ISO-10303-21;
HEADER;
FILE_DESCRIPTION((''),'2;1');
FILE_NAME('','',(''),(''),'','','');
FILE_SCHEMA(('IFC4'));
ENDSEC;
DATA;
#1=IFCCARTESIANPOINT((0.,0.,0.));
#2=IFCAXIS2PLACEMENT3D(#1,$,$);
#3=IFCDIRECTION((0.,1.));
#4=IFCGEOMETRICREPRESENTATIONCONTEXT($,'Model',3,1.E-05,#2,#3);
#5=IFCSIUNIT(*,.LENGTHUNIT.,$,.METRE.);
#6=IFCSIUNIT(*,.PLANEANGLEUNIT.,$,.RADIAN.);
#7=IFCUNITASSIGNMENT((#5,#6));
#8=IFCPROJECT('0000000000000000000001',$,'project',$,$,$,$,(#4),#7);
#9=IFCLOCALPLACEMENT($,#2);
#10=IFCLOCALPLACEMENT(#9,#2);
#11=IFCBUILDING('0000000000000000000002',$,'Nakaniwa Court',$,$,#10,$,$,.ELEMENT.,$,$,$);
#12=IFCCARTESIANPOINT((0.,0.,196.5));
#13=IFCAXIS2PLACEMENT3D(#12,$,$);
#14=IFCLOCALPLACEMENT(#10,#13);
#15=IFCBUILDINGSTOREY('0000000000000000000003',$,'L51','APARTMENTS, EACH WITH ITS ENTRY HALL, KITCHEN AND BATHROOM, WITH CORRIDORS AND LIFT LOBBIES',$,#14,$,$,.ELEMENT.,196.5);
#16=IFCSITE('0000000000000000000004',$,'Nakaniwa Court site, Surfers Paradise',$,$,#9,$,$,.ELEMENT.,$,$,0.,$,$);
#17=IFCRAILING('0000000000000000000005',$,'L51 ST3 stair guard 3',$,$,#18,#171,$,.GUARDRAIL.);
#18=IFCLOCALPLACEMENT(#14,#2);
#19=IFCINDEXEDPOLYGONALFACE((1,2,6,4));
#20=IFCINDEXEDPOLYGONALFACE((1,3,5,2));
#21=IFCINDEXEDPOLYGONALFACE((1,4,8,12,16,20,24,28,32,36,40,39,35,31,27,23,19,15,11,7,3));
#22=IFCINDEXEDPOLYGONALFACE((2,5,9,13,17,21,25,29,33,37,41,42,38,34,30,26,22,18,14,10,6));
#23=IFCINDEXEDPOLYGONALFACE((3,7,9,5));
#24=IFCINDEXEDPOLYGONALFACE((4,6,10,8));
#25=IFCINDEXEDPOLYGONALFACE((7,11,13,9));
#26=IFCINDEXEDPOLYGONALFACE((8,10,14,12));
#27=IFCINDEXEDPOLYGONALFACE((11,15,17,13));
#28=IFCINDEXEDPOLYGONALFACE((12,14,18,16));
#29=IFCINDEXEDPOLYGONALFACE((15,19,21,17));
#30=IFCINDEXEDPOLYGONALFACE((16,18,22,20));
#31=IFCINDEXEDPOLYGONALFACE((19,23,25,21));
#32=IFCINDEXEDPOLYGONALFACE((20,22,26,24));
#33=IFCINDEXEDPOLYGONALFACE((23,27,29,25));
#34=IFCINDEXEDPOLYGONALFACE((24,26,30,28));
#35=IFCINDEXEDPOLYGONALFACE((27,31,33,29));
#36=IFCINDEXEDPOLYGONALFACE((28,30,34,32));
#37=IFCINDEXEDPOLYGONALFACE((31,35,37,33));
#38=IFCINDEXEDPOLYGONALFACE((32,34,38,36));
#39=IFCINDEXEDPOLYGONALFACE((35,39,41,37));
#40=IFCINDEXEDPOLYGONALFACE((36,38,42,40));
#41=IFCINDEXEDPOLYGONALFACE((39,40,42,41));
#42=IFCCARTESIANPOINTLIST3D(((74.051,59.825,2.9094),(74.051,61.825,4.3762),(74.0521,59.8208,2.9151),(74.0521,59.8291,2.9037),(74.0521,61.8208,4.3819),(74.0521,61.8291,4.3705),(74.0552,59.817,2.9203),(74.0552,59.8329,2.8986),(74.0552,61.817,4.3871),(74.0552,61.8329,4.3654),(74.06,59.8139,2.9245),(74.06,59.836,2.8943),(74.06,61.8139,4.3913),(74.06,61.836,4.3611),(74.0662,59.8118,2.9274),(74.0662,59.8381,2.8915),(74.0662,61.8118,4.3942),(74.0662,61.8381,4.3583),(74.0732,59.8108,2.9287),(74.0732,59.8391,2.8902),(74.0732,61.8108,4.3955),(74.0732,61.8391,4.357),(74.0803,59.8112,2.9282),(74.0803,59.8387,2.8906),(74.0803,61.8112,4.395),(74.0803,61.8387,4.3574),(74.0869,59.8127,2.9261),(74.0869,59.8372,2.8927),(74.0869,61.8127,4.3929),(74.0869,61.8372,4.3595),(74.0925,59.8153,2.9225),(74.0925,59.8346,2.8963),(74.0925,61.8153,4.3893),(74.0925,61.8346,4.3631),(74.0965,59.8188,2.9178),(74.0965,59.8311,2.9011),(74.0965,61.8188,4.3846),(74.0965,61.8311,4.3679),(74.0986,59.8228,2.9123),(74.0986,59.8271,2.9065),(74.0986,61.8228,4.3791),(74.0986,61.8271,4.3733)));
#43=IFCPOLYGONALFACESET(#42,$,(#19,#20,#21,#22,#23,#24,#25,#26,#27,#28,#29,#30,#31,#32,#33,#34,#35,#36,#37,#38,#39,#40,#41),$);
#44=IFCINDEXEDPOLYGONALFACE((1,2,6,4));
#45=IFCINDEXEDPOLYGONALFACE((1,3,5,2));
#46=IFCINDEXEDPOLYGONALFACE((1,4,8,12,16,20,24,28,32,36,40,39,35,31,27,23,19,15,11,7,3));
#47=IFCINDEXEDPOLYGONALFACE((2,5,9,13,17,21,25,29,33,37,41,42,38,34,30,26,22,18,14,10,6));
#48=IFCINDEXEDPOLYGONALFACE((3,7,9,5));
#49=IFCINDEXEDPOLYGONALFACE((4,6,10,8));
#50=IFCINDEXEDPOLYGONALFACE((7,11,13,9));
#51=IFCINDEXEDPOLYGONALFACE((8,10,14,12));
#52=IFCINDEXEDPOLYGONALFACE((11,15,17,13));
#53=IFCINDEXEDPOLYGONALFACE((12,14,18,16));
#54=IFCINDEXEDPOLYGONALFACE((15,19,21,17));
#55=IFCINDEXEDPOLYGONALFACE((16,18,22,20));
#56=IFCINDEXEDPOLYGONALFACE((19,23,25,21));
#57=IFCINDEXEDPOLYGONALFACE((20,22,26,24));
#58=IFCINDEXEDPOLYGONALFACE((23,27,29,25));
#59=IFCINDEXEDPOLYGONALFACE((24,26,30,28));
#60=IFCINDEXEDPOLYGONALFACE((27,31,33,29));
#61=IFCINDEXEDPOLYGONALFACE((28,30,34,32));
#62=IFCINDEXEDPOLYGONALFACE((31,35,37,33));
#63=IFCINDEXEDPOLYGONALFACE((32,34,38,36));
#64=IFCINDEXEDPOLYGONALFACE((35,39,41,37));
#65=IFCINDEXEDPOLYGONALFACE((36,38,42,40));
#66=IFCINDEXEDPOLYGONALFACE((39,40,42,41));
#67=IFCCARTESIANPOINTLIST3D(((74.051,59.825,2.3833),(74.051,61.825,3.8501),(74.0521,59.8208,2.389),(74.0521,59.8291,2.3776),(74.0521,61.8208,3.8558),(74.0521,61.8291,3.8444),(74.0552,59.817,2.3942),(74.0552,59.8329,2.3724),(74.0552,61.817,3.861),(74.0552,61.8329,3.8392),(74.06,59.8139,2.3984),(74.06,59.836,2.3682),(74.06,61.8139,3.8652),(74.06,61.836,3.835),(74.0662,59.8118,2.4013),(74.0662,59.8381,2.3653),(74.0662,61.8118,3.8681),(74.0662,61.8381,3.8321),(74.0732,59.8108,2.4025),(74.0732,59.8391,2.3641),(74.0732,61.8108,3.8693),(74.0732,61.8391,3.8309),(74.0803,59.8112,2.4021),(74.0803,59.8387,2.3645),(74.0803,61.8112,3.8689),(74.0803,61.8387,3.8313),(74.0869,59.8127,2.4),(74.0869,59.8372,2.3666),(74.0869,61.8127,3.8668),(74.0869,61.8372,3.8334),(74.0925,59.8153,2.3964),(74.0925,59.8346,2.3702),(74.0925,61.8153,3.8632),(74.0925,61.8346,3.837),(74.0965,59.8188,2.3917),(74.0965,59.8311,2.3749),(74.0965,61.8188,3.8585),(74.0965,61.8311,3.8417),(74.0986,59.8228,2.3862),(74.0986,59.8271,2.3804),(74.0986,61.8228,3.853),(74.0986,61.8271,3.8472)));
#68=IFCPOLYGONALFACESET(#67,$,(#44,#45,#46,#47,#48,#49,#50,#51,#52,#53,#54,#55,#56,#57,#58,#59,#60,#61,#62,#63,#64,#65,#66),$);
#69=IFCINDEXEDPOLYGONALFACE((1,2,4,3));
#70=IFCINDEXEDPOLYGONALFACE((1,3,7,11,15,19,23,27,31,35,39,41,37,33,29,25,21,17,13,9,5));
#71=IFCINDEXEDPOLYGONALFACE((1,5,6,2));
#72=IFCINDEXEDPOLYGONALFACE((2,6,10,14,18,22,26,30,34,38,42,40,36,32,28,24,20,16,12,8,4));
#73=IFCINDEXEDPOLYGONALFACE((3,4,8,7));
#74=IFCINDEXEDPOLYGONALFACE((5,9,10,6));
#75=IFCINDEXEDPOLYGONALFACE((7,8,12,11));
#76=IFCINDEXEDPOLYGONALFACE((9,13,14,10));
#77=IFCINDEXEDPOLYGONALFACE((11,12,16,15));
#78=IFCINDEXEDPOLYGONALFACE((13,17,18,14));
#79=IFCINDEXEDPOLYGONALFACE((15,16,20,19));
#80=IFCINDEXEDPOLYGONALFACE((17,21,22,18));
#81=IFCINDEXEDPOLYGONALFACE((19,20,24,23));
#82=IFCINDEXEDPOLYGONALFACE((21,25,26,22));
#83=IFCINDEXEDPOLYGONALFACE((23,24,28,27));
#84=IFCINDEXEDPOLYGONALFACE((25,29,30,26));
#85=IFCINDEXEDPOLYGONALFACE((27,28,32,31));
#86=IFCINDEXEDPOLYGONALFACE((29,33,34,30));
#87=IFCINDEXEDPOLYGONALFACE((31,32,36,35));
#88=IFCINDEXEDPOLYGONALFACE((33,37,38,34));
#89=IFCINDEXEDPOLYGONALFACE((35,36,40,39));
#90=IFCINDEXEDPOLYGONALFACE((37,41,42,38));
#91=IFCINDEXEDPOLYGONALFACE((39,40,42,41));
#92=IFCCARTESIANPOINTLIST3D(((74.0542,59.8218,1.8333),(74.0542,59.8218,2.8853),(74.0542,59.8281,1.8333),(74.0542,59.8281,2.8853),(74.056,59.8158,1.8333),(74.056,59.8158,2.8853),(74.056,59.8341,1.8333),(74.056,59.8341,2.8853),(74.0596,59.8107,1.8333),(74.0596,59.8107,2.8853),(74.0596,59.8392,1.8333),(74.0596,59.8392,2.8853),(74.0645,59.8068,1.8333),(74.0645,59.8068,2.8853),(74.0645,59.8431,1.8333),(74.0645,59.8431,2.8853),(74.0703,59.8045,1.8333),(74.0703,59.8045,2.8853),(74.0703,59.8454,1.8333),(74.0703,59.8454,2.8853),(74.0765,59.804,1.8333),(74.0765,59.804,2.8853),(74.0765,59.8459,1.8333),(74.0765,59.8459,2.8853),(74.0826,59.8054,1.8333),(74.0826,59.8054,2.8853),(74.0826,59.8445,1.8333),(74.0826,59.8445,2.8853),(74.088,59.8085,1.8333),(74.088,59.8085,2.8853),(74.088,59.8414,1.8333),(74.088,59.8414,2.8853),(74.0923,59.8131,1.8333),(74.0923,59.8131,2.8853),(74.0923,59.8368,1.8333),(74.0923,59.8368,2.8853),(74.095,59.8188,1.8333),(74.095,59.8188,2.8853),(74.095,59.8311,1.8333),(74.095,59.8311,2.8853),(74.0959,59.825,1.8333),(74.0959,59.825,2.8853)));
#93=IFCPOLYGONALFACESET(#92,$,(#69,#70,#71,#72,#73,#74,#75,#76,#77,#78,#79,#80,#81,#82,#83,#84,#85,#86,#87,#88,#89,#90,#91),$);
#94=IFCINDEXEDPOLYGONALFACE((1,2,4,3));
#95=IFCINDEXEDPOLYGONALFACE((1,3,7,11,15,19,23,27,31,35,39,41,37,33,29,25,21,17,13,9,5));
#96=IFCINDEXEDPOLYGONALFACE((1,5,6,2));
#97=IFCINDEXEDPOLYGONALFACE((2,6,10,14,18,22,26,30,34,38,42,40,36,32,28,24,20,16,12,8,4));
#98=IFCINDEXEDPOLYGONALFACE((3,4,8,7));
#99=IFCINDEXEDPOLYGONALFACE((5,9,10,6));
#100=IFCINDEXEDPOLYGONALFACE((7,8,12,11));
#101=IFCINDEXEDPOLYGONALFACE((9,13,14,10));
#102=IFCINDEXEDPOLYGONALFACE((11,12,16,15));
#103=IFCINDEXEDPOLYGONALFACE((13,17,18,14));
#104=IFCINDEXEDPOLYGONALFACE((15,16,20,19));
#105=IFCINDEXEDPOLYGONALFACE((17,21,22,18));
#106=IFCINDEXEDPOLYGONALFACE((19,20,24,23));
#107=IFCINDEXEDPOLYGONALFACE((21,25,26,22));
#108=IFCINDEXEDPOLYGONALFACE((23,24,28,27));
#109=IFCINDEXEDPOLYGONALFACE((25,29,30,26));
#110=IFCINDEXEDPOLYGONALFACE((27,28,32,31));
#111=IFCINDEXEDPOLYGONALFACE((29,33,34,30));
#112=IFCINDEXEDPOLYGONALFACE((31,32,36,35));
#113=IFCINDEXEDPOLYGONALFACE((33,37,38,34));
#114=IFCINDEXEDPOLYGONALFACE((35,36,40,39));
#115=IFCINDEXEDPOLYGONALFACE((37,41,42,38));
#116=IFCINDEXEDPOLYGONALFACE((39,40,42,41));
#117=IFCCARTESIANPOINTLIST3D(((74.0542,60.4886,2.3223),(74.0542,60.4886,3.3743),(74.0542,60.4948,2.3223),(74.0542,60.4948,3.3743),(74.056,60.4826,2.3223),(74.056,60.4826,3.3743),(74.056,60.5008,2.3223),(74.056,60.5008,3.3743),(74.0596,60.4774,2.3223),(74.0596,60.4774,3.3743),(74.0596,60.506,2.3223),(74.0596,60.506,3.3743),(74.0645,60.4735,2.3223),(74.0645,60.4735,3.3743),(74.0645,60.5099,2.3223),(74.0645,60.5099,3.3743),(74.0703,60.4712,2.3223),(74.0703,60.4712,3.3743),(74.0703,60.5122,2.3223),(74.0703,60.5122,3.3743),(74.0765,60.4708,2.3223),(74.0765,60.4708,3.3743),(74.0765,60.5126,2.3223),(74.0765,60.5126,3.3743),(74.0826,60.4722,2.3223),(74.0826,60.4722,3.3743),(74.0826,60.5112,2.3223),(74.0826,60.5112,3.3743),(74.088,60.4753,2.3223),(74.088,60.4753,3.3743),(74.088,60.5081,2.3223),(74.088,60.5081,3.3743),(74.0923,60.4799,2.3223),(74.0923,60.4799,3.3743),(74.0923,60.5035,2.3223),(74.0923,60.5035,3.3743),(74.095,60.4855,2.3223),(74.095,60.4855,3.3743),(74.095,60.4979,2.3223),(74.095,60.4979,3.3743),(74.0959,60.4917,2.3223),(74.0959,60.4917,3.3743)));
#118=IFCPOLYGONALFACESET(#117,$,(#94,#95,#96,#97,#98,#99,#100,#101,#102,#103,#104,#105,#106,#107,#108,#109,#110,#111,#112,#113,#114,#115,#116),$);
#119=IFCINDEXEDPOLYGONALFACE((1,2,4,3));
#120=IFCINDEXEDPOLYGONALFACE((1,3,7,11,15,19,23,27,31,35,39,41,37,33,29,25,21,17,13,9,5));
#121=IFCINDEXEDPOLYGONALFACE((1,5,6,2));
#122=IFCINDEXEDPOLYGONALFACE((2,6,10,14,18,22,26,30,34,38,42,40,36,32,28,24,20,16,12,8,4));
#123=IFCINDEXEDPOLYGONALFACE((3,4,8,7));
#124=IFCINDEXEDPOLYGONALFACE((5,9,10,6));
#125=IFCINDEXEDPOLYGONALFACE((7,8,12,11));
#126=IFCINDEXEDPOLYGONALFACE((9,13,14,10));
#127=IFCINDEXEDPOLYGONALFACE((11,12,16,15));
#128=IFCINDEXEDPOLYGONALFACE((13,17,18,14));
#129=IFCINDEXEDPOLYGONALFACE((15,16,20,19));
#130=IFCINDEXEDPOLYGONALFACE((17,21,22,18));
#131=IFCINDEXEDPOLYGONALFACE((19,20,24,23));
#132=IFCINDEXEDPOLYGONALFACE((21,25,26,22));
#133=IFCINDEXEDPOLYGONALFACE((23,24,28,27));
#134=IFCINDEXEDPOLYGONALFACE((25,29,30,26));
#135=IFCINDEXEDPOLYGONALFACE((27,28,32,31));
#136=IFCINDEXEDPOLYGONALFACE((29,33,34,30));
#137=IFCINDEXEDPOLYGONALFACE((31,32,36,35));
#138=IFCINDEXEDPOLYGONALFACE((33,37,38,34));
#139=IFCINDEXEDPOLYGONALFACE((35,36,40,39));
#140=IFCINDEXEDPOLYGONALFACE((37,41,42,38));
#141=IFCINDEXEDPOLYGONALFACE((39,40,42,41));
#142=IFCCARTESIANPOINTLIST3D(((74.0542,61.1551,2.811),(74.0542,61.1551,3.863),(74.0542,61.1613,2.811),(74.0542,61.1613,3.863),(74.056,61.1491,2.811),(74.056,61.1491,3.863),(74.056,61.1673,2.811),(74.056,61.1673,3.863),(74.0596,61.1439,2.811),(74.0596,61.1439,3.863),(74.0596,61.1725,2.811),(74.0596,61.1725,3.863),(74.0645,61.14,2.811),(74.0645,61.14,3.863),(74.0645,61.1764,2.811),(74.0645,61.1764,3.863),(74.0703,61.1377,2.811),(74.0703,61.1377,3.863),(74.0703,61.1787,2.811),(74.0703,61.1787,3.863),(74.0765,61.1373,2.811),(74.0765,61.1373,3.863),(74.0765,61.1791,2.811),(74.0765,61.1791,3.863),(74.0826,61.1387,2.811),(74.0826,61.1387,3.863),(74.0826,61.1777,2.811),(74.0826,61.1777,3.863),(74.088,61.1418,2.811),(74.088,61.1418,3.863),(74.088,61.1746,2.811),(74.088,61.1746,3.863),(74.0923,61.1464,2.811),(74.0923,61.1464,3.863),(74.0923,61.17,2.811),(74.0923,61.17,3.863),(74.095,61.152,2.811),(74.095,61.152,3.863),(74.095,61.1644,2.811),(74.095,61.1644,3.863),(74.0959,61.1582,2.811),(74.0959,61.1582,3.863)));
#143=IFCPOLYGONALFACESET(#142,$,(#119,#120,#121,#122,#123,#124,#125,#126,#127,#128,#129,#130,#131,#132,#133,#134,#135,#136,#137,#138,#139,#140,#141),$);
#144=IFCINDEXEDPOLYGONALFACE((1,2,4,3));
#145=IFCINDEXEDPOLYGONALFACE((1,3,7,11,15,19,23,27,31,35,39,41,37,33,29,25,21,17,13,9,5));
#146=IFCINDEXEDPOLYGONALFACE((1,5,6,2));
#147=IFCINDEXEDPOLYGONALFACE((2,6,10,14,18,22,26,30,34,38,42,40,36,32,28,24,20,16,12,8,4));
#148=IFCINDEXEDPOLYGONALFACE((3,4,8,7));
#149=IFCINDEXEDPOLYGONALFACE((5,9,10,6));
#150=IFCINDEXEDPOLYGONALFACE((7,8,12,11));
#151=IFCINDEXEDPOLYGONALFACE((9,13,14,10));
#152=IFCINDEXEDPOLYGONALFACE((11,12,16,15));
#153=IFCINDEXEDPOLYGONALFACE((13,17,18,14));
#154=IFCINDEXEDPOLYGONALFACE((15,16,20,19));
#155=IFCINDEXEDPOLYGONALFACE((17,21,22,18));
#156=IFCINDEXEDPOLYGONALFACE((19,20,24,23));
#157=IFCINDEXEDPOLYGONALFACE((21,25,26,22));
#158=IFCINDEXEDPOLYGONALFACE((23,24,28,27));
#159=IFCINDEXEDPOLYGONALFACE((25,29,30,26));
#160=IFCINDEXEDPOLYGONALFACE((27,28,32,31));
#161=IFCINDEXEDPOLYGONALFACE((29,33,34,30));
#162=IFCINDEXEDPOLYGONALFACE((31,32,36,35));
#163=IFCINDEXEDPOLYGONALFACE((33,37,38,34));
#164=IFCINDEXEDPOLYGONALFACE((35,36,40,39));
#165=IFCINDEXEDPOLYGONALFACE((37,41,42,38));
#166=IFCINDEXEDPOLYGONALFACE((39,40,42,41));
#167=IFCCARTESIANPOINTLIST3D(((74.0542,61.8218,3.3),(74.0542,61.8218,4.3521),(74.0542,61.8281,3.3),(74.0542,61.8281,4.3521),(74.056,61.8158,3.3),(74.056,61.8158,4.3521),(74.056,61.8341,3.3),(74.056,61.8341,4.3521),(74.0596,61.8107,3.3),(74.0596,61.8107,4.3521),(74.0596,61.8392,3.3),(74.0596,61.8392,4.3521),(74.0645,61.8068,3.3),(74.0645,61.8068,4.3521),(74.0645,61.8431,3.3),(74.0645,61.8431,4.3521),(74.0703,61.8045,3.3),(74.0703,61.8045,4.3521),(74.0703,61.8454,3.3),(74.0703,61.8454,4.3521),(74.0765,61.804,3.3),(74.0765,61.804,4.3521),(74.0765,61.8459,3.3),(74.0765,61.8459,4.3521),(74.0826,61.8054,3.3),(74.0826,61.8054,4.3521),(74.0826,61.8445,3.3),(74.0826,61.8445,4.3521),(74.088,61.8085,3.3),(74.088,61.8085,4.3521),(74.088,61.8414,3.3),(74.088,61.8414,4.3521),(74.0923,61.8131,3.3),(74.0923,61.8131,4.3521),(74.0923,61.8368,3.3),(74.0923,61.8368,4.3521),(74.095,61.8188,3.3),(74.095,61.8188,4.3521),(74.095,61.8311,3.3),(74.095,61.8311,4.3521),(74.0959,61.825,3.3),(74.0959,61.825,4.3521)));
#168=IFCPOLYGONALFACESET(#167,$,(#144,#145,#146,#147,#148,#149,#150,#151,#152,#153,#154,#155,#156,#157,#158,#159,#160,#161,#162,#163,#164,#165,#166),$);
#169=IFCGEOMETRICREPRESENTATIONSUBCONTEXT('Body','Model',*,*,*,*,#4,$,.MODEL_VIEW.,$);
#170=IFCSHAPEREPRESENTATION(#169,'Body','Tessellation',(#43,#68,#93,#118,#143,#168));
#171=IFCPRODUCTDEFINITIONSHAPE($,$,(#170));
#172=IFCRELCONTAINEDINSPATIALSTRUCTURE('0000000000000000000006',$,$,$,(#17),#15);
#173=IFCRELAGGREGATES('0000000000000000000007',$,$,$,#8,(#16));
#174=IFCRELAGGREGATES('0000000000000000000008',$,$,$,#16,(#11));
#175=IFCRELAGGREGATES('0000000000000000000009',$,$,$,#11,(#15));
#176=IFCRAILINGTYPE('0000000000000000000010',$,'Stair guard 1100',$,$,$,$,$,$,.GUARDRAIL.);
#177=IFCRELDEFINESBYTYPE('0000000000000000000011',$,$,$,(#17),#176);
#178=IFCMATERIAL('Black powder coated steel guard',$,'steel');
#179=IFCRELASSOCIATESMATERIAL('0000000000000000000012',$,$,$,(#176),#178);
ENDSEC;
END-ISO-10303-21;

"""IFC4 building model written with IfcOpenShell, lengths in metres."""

from ifc_helpers import new_model, si_unit, direction, frame, origin, origin_2d, place, context, subcontext, project, spatial, circle, extrude, material, type_object, element, save


model = new_model("IFC4")

# Units and contexts
model_context = context("Model", 3, precision=1e-05, world=origin(), true_north=direction((0.0, 1.0)))
body_context = subcontext(model_context, "Body", "Model", "MODEL_VIEW")
ifc_project = project(units=[si_unit("LENGTHUNIT", "METRE"), si_unit("PLANEANGLEUNIT", "RADIAN")], contexts=[model_context])

# Site, building, storey
site_placement = place(None, origin())
site = spatial("IfcSite", under=ifc_project, at=site_placement, Name="Nakaniwa Court site, Surfers Paradise", CompositionType="ELEMENT", RefElevation=0.0)
building_placement = place(site_placement, origin())
building = spatial("IfcBuilding", under=site, at=building_placement, Name="Nakaniwa Court", CompositionType="ELEMENT")
storey_placement = place(building_placement, frame((0.0, 0.0, 196.5)))
storey = spatial("IfcBuildingStorey", under=building, at=storey_placement, Name="L51", Description="APARTMENTS, EACH WITH ITS ENTRY HALL, KITCHEN AND BATHROOM, WITH CORRIDORS AND LIFT LOBBIES", CompositionType="ELEMENT", Elevation=196.5)

# Railing
ifc_material_1 = material(Name="Black powder coated steel guard", Category="steel")
railing_type_1 = type_object("IfcRailingType", Name="Stair guard 1100", PredefinedType="GUARDRAIL", material=ifc_material_1)
railing_1_placement = place(storey_placement, frame((74.075, 59.825, 1.8333)))
element("IfcRailing", 1, at=railing_1_placement, inside=storey, type_object=railing_type_1, Name="L51 ST3 stair guard 3", PredefinedType="GUARDRAIL", context=body_context, shape_type="SweptSolid", body=[
    extrude(circle(Radius=0.0239, at=origin_2d()), frame((0.0, 0.0, 1.0762), z_axis=(0.0, 0.80638, 0.591398), x_axis=(-1.0, 0.0, 0.0)), (0.0, 0.0, 1.0), 2.4802),
    extrude(circle(Radius=0.0239, at=origin_2d()), frame((0.0, 0.0, 0.55), z_axis=(0.0, 0.80638, 0.591398), x_axis=(-1.0, 0.0, 0.0)), (0.0, 0.0, 1.0), 2.4802),
    extrude(circle(Radius=0.021, at=origin_2d()), origin(), (0.0, 0.0, 1.0), 1.052),
    extrude(circle(Radius=0.021, at=origin_2d()), frame((0.0, 0.6667, 0.489)), (0.0, 0.0, 1.0), 1.052),
    extrude(circle(Radius=0.021, at=origin_2d()), frame((0.0, 1.3333, 0.9778)), (0.0, 0.0, 1.0), 1.052),
    extrude(circle(Radius=0.021, at=origin_2d()), frame((0.0, 2.0, 1.4668)), (0.0, 0.0, 1.0), 1.052),
])

save(model, "model.ifc")
